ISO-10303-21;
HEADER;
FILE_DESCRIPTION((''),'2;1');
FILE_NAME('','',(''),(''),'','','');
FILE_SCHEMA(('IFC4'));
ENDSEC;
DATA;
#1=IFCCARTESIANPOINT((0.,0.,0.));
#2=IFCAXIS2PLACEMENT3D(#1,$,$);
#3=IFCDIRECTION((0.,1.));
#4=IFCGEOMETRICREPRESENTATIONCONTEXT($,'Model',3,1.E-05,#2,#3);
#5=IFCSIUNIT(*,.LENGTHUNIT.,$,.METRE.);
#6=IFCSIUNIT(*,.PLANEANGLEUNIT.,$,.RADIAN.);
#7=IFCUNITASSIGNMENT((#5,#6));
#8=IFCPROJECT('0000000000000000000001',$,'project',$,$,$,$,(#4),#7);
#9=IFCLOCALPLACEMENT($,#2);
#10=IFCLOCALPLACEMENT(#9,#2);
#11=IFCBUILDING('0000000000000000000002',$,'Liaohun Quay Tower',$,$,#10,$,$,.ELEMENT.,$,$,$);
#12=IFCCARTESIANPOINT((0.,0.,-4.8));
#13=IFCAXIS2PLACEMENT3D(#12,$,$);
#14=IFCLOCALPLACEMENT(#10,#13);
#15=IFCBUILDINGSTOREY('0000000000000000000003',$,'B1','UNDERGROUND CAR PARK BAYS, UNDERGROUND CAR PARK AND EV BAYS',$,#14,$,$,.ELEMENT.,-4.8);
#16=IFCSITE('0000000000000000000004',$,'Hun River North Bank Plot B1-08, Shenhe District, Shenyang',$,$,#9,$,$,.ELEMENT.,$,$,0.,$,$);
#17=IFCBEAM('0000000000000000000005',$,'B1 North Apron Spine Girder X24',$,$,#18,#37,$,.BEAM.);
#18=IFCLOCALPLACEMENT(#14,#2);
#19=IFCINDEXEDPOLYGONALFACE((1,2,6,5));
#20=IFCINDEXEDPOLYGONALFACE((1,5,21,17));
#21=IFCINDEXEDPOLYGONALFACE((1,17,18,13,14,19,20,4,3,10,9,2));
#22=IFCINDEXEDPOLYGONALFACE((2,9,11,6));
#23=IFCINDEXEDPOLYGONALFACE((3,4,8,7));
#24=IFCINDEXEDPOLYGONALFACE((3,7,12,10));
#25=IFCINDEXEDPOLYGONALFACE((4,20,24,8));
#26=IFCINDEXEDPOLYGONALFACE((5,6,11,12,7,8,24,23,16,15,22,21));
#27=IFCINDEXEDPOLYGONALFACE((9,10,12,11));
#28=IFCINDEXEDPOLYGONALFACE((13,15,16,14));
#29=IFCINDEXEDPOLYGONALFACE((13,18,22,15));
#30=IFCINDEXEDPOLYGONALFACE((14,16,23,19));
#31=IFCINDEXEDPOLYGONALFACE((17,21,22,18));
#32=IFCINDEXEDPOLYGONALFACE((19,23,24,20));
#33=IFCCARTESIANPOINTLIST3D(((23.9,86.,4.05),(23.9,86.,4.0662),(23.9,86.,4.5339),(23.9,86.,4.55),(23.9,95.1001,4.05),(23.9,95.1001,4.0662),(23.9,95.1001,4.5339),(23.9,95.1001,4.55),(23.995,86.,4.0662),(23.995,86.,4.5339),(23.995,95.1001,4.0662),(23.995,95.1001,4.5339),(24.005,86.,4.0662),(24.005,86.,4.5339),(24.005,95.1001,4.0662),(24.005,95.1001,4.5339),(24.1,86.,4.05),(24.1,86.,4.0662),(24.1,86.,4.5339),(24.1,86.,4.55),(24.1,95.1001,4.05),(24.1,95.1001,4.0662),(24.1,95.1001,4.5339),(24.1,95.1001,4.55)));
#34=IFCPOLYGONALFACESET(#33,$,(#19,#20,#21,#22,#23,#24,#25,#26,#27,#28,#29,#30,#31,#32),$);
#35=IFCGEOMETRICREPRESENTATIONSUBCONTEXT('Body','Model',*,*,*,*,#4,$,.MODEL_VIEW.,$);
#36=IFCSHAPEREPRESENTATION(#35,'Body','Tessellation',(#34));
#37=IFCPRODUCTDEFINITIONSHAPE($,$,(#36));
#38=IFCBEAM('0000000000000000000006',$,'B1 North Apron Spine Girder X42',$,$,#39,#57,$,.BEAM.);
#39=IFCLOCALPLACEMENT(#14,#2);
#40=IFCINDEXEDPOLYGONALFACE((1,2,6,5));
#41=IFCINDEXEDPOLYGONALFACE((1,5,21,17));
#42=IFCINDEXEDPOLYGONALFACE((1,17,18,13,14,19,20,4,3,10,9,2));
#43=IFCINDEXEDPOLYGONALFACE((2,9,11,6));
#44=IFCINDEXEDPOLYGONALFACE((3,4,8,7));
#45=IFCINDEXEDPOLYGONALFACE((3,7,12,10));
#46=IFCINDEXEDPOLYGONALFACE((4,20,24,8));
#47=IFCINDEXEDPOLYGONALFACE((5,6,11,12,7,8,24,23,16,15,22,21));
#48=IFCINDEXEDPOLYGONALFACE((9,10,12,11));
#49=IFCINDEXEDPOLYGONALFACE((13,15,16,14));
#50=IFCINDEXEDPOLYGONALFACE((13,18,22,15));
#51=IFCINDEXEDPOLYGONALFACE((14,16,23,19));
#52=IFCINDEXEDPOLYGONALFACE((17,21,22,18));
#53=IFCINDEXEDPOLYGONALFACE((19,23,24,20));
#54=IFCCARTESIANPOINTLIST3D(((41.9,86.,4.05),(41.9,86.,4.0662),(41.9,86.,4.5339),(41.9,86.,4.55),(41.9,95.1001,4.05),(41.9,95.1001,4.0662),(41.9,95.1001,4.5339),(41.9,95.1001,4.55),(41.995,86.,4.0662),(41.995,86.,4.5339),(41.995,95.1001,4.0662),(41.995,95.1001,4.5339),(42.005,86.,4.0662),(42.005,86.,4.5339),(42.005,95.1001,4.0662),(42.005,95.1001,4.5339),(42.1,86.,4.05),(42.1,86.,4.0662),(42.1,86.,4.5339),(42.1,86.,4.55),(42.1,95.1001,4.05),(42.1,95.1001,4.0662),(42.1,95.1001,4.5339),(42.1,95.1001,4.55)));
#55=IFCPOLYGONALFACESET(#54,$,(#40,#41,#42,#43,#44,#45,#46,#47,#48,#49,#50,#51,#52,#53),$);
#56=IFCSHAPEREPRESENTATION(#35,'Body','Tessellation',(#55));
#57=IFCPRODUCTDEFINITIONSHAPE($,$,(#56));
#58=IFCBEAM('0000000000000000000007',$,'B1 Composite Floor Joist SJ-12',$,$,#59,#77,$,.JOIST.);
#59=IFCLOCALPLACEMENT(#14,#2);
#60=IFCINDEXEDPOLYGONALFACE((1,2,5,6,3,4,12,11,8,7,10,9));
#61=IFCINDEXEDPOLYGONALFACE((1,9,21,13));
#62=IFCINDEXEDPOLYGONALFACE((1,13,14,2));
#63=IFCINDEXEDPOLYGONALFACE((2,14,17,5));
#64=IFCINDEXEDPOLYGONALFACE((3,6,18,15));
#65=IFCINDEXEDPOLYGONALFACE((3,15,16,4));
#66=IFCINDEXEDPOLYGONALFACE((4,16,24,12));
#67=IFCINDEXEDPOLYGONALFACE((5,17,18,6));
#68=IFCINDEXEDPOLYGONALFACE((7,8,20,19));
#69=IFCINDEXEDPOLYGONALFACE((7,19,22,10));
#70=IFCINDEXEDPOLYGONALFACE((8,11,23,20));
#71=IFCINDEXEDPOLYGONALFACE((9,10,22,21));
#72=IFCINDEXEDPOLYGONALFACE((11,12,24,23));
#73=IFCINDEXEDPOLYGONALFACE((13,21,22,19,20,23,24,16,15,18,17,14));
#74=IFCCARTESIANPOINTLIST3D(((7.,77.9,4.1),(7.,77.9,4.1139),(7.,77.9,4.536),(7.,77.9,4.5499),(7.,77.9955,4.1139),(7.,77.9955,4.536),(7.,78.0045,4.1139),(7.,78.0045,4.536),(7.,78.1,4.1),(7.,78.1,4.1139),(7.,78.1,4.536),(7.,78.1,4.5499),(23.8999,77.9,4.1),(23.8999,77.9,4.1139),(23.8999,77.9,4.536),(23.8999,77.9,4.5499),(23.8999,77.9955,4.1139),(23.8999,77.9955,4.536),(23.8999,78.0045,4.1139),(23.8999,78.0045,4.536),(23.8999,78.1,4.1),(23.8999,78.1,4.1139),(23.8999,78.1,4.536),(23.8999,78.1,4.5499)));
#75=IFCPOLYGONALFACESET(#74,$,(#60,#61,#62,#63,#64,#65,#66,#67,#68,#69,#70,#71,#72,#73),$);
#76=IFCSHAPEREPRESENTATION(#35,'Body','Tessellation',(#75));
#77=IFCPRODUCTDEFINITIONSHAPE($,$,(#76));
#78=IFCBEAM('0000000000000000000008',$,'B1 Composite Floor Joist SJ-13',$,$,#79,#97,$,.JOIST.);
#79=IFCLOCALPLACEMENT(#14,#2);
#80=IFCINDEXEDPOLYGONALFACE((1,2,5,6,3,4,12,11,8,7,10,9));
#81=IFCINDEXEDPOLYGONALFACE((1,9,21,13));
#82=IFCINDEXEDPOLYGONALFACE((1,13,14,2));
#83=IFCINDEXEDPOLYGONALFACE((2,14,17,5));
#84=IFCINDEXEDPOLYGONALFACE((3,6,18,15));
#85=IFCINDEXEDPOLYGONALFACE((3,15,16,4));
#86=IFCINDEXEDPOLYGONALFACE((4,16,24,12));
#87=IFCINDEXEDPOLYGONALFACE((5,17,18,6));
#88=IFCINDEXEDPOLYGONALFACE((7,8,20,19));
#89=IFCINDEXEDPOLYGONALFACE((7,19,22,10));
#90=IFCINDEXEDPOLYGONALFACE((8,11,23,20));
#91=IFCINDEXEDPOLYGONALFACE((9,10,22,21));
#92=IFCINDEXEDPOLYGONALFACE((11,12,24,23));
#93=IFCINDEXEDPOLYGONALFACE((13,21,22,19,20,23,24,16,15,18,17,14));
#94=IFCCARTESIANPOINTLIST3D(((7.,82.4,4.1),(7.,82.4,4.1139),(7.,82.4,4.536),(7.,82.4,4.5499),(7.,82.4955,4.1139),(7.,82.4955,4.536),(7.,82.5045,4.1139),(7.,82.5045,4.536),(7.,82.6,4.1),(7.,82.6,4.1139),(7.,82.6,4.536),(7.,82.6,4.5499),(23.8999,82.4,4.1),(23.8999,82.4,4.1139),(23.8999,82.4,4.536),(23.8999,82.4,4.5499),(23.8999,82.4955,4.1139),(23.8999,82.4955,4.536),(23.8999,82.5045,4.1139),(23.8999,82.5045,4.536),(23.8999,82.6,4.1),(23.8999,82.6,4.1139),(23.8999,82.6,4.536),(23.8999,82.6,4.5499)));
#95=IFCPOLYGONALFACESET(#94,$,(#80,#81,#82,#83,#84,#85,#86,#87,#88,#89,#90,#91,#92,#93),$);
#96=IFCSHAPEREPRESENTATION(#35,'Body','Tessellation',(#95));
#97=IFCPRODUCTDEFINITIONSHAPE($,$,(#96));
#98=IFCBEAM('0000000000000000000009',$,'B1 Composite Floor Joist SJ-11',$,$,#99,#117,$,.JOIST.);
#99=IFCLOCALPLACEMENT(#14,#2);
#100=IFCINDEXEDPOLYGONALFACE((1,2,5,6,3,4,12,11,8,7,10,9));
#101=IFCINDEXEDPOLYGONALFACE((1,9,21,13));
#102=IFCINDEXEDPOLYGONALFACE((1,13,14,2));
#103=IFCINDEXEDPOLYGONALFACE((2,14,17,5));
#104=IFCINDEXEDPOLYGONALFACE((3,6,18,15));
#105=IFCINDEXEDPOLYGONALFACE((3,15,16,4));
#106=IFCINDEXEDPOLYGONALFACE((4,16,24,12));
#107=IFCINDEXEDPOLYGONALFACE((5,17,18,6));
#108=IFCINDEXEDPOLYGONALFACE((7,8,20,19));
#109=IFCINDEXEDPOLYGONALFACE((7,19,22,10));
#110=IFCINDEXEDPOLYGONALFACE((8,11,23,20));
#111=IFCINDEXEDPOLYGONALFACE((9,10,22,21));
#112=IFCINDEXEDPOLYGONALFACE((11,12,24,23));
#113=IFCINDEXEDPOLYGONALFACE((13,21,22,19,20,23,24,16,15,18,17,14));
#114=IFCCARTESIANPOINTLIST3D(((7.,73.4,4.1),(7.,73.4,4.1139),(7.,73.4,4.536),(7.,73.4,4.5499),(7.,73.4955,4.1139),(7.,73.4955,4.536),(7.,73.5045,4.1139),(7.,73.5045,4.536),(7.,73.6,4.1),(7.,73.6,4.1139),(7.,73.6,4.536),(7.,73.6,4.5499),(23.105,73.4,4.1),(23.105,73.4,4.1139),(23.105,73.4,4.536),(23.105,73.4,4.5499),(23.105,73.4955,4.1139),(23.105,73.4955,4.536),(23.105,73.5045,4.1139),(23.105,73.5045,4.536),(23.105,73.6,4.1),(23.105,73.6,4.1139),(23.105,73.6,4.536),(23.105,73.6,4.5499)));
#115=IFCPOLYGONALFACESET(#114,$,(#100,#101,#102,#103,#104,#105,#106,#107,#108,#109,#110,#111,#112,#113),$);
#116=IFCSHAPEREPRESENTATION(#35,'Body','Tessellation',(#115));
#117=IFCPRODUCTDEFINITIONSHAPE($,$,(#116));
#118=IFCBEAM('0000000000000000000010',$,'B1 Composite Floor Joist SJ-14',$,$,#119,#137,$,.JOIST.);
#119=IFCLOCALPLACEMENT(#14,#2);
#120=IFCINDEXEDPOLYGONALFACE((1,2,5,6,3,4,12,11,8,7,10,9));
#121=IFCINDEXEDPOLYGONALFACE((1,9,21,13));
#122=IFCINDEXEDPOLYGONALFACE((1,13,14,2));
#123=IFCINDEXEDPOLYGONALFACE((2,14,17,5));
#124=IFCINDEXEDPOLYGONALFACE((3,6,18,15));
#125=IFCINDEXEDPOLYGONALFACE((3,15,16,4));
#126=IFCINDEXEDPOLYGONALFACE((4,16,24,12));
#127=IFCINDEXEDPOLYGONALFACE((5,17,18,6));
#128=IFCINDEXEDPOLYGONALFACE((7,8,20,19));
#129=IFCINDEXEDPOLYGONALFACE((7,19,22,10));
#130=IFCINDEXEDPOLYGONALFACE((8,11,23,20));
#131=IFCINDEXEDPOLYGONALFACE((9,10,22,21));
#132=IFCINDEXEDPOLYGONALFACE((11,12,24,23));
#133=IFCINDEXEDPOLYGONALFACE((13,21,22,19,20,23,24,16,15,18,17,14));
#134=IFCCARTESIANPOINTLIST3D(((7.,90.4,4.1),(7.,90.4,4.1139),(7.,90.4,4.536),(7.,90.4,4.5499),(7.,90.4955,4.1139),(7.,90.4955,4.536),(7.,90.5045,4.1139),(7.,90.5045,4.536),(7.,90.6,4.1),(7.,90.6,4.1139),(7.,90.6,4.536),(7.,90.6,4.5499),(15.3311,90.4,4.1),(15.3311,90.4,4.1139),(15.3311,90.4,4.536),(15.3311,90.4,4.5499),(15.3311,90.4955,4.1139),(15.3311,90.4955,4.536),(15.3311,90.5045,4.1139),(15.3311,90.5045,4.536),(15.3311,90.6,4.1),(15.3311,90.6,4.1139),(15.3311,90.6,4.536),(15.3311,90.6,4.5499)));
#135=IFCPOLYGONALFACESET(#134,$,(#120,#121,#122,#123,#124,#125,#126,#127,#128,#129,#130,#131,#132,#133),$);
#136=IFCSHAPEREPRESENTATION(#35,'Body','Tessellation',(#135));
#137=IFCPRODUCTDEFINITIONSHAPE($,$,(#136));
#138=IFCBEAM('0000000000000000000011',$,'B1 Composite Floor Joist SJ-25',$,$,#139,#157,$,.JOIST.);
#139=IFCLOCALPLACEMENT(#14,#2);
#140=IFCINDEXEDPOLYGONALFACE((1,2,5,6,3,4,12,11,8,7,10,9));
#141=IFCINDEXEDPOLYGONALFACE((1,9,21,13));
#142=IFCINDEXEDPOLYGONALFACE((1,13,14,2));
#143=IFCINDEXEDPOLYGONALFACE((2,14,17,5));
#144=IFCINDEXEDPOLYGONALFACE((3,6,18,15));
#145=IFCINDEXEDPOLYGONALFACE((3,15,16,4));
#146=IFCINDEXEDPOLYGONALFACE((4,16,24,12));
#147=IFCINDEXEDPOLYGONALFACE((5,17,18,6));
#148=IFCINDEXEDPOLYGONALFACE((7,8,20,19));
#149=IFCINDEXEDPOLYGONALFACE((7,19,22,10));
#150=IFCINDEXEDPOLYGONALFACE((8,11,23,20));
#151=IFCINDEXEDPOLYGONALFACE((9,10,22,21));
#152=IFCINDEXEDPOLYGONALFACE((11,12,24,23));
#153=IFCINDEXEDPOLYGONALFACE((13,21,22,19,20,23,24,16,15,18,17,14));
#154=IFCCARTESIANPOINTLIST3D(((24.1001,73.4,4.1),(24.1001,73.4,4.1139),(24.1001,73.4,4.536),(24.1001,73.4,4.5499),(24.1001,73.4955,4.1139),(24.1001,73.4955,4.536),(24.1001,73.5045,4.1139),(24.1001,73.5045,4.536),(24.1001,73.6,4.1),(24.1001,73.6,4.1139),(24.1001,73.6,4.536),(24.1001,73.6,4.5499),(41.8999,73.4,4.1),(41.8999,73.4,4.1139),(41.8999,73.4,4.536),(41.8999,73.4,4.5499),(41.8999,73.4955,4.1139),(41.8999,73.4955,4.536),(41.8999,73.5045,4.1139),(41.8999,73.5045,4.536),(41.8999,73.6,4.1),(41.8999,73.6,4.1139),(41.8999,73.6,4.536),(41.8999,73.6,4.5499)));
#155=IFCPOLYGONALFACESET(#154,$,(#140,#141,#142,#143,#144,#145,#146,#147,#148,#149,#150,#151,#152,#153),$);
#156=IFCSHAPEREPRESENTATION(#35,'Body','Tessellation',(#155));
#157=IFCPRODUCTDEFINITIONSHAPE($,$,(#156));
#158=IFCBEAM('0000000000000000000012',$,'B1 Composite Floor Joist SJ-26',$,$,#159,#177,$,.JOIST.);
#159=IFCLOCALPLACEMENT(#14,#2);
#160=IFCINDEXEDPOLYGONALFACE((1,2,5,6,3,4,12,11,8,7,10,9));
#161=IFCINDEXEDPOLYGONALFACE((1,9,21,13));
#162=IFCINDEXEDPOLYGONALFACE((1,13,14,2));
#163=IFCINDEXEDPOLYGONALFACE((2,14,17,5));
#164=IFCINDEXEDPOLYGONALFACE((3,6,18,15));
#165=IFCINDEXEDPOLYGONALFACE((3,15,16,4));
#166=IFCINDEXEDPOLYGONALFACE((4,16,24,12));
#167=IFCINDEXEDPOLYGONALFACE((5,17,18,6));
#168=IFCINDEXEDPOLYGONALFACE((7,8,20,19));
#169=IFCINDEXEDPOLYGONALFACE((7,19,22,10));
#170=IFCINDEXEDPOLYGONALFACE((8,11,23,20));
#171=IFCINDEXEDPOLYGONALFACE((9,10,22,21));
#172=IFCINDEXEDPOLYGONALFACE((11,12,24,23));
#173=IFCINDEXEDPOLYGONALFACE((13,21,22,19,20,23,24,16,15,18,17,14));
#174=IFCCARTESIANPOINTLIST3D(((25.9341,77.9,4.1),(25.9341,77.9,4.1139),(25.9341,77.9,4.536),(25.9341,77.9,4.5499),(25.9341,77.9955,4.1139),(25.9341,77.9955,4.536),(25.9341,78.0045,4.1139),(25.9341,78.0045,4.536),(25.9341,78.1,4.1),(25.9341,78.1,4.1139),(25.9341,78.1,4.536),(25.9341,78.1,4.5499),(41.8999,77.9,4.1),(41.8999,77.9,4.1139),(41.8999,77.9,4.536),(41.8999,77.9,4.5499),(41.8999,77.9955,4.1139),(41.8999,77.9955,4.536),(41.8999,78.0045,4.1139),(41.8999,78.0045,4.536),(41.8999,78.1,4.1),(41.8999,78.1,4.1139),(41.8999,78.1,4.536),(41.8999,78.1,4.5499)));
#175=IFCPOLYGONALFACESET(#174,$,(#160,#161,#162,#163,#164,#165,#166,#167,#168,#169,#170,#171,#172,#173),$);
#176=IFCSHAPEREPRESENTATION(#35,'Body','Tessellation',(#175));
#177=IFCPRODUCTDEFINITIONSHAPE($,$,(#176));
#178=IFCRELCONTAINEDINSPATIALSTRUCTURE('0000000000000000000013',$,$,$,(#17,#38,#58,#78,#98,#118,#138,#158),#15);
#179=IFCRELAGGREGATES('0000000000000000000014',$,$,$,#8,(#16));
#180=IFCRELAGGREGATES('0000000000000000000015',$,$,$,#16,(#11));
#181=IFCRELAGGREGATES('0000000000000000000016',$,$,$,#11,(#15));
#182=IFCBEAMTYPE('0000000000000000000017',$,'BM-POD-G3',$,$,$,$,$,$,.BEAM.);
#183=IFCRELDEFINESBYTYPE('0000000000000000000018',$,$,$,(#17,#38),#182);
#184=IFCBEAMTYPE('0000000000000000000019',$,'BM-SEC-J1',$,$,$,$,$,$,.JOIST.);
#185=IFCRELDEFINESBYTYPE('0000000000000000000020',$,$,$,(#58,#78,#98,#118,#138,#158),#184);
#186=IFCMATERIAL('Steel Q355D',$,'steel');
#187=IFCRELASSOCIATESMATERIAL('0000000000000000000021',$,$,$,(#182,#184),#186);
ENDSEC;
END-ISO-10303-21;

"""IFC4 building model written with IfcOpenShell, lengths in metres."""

from ifc_helpers import new_model, si_unit, direction, frame, origin, origin_2d, place, context, subcontext, project, spatial, i_section, extrude, source, transform, mapped, material, material_profile, profile_set, type_object, element, save


model = new_model("IFC4")

# Units and contexts
model_context = context("Model", 3, precision=1e-05, world=origin(), true_north=direction((0.0, 1.0)))
body_context = subcontext(model_context, "Body", "Model", "MODEL_VIEW")
ifc_project = project(units=[si_unit("LENGTHUNIT", "METRE"), si_unit("PLANEANGLEUNIT", "RADIAN")], contexts=[model_context])

# Site, building, storey
site_placement = place(None, origin())
site = spatial("IfcSite", under=ifc_project, at=site_placement, Name="Hun River North Bank Plot B1-08, Shenhe District, Shenyang", CompositionType="ELEMENT", RefElevation=0.0)
building_placement = place(site_placement, origin())
building = spatial("IfcBuilding", under=site, at=building_placement, Name="Liaohun Quay Tower", CompositionType="ELEMENT")
storey_placement = place(building_placement, frame((0.0, 0.0, -4.8)))
storey = spatial("IfcBuildingStorey", under=building, at=storey_placement, Name="B1", Description="UNDERGROUND CAR PARK BAYS, UNDERGROUND CAR PARK AND EV BAYS", CompositionType="ELEMENT", Elevation=-4.8)

# Beams
ifc_material_1 = material(Name="Steel Q355D", Category="steel")
ifc_material_profile_1 = material_profile(ifc_material_1, i_section(OverallWidth=0.2, OverallDepth=0.5, WebThickness=0.01, FlangeThickness=0.0161, at=origin_2d()), Name="HN500x200x10x16")
ifc_profile_set_1 = profile_set([ifc_material_profile_1], Name="Steel Q355D")
beam_type_1 = type_object("IfcBeamType", Name="BM-POD-G3", PredefinedType="BEAM", material=ifc_profile_set_1)
shared_shape_1 = source(origin(), body_context, "Body", "SweptSolid", [
    extrude(i_section(OverallWidth=0.2, OverallDepth=0.5, WebThickness=0.01, FlangeThickness=0.0161, at=origin_2d()), origin(), (0.0, 0.0, 1.0), 9.1001),
])
for number, where, z_axis, x_axis, name in (
    (1, (24.0, 86.0, 4.3), (0.0, 1.0, 0.0), (-1.0, 0.0, 0.0), "B1 North Apron Spine Girder X24"),
    (2, (42.0, 86.0, 4.3), (0.0, 1.0, 0.0), (-1.0, 0.0, 0.0), "B1 North Apron Spine Girder X42"),
):
    element("IfcBeam", number, at=place(storey_placement, frame(where, z_axis=z_axis, x_axis=x_axis)), inside=storey, type_object=beam_type_1, Name=name, PredefinedType="BEAM", context=body_context, shape_type="MappedRepresentation", body=[
        mapped(shared_shape_1, transform((0.0, 0.0, 0.0), x_axis=(1.0, 0.0, 0.0), y_axis=(0.0, 1.0, 0.0), z_axis=(0.0, 0.0, 1.0), scale=1.0)),
    ])
ifc_material_profile_2 = material_profile(ifc_material_1, i_section(OverallWidth=0.2, OverallDepth=0.45, WebThickness=0.009, FlangeThickness=0.0139, at=origin_2d()), Name="HN450x200x9x14")
ifc_profile_set_2 = profile_set([ifc_material_profile_2], Name="Steel Q355D")
beam_type_2 = type_object("IfcBeamType", Name="BM-SEC-J1", PredefinedType="JOIST", material=ifc_profile_set_2)
shared_shape_2 = source(origin(), body_context, "Body", "SweptSolid", [
    extrude(i_section(OverallWidth=0.2, OverallDepth=0.45, WebThickness=0.009, FlangeThickness=0.0139, at=origin_2d()), origin(), (0.0, 0.0, 1.0), 16.8999),
])
for number, where, z_axis, x_axis, name in (
    (3, (7.0, 78.0, 4.325), (1.0, 0.0, 0.0), (0.0, 1.0, 0.0), "B1 Composite Floor Joist SJ-12"),
    (4, (7.0, 82.5, 4.325), (1.0, 0.0, 0.0), (0.0, 1.0, 0.0), "B1 Composite Floor Joist SJ-13"),
):
    element("IfcBeam", number, at=place(storey_placement, frame(where, z_axis=z_axis, x_axis=x_axis)), inside=storey, type_object=beam_type_2, Name=name, PredefinedType="JOIST", context=body_context, shape_type="MappedRepresentation", body=[
        mapped(shared_shape_2, transform((0.0, 0.0, 0.0), x_axis=(1.0, 0.0, 0.0), y_axis=(0.0, 1.0, 0.0), z_axis=(0.0, 0.0, 1.0), scale=1.0)),
    ])
shared_shape_3 = source(origin(), body_context, "Body", "SweptSolid", [
    extrude(i_section(OverallWidth=0.2, OverallDepth=0.45, WebThickness=0.009, FlangeThickness=0.0139, at=origin_2d()), origin(), (0.0, 0.0, 1.0), 16.105),
])
beam_1_placement = place(storey_placement, frame((7.0, 73.5, 4.325), z_axis=(1.0, 0.0, 0.0), x_axis=(0.0, 1.0, 0.0)))
element("IfcBeam", 5, at=beam_1_placement, inside=storey, type_object=beam_type_2, Name="B1 Composite Floor Joist SJ-11", PredefinedType="JOIST", context=body_context, shape_type="MappedRepresentation", body=[
    mapped(shared_shape_3, transform((0.0, 0.0, 0.0), x_axis=(1.0, 0.0, 0.0), y_axis=(0.0, 1.0, 0.0), z_axis=(0.0, 0.0, 1.0), scale=1.0)),
])
shared_shape_4 = source(origin(), body_context, "Body", "SweptSolid", [
    extrude(i_section(OverallWidth=0.2, OverallDepth=0.45, WebThickness=0.009, FlangeThickness=0.0139, at=origin_2d()), origin(), (0.0, 0.0, 1.0), 8.3311),
])
beam_2_placement = place(storey_placement, frame((7.0, 90.5, 4.325), z_axis=(1.0, 0.0, 0.0), x_axis=(0.0, 1.0, 0.0)))
element("IfcBeam", 6, at=beam_2_placement, inside=storey, type_object=beam_type_2, Name="B1 Composite Floor Joist SJ-14", PredefinedType="JOIST", context=body_context, shape_type="MappedRepresentation", body=[
    mapped(shared_shape_4, transform((0.0, 0.0, 0.0), x_axis=(1.0, 0.0, 0.0), y_axis=(0.0, 1.0, 0.0), z_axis=(0.0, 0.0, 1.0), scale=1.0)),
])
shared_shape_5 = source(origin(), body_context, "Body", "SweptSolid", [
    extrude(i_section(OverallWidth=0.2, OverallDepth=0.45, WebThickness=0.009, FlangeThickness=0.0139, at=origin_2d()), origin(), (0.0, 0.0, 1.0), 17.7998),
])
beam_3_placement = place(storey_placement, frame((24.1001, 73.5, 4.325), z_axis=(1.0, 0.0, 0.0), x_axis=(0.0, 1.0, 0.0)))
element("IfcBeam", 7, at=beam_3_placement, inside=storey, type_object=beam_type_2, Name="B1 Composite Floor Joist SJ-25", PredefinedType="JOIST", context=body_context, shape_type="MappedRepresentation", body=[
    mapped(shared_shape_5, transform((0.0, 0.0, 0.0), x_axis=(1.0, 0.0, 0.0), y_axis=(0.0, 1.0, 0.0), z_axis=(0.0, 0.0, 1.0), scale=1.0)),
])
shared_shape_6 = source(origin(), body_context, "Body", "SweptSolid", [
    extrude(i_section(OverallWidth=0.2, OverallDepth=0.45, WebThickness=0.009, FlangeThickness=0.0139, at=origin_2d()), origin(), (0.0, 0.0, 1.0), 15.9658),
])
beam_4_placement = place(storey_placement, frame((25.9341, 78.0, 4.325), z_axis=(1.0, 0.0, 0.0), x_axis=(0.0, 1.0, 0.0)))
element("IfcBeam", 8, at=beam_4_placement, inside=storey, type_object=beam_type_2, Name="B1 Composite Floor Joist SJ-26", PredefinedType="JOIST", context=body_context, shape_type="MappedRepresentation", body=[
    mapped(shared_shape_6, transform((0.0, 0.0, 0.0), x_axis=(1.0, 0.0, 0.0), y_axis=(0.0, 1.0, 0.0), z_axis=(0.0, 0.0, 1.0), scale=1.0)),
])

save(model, "model.ifc")
